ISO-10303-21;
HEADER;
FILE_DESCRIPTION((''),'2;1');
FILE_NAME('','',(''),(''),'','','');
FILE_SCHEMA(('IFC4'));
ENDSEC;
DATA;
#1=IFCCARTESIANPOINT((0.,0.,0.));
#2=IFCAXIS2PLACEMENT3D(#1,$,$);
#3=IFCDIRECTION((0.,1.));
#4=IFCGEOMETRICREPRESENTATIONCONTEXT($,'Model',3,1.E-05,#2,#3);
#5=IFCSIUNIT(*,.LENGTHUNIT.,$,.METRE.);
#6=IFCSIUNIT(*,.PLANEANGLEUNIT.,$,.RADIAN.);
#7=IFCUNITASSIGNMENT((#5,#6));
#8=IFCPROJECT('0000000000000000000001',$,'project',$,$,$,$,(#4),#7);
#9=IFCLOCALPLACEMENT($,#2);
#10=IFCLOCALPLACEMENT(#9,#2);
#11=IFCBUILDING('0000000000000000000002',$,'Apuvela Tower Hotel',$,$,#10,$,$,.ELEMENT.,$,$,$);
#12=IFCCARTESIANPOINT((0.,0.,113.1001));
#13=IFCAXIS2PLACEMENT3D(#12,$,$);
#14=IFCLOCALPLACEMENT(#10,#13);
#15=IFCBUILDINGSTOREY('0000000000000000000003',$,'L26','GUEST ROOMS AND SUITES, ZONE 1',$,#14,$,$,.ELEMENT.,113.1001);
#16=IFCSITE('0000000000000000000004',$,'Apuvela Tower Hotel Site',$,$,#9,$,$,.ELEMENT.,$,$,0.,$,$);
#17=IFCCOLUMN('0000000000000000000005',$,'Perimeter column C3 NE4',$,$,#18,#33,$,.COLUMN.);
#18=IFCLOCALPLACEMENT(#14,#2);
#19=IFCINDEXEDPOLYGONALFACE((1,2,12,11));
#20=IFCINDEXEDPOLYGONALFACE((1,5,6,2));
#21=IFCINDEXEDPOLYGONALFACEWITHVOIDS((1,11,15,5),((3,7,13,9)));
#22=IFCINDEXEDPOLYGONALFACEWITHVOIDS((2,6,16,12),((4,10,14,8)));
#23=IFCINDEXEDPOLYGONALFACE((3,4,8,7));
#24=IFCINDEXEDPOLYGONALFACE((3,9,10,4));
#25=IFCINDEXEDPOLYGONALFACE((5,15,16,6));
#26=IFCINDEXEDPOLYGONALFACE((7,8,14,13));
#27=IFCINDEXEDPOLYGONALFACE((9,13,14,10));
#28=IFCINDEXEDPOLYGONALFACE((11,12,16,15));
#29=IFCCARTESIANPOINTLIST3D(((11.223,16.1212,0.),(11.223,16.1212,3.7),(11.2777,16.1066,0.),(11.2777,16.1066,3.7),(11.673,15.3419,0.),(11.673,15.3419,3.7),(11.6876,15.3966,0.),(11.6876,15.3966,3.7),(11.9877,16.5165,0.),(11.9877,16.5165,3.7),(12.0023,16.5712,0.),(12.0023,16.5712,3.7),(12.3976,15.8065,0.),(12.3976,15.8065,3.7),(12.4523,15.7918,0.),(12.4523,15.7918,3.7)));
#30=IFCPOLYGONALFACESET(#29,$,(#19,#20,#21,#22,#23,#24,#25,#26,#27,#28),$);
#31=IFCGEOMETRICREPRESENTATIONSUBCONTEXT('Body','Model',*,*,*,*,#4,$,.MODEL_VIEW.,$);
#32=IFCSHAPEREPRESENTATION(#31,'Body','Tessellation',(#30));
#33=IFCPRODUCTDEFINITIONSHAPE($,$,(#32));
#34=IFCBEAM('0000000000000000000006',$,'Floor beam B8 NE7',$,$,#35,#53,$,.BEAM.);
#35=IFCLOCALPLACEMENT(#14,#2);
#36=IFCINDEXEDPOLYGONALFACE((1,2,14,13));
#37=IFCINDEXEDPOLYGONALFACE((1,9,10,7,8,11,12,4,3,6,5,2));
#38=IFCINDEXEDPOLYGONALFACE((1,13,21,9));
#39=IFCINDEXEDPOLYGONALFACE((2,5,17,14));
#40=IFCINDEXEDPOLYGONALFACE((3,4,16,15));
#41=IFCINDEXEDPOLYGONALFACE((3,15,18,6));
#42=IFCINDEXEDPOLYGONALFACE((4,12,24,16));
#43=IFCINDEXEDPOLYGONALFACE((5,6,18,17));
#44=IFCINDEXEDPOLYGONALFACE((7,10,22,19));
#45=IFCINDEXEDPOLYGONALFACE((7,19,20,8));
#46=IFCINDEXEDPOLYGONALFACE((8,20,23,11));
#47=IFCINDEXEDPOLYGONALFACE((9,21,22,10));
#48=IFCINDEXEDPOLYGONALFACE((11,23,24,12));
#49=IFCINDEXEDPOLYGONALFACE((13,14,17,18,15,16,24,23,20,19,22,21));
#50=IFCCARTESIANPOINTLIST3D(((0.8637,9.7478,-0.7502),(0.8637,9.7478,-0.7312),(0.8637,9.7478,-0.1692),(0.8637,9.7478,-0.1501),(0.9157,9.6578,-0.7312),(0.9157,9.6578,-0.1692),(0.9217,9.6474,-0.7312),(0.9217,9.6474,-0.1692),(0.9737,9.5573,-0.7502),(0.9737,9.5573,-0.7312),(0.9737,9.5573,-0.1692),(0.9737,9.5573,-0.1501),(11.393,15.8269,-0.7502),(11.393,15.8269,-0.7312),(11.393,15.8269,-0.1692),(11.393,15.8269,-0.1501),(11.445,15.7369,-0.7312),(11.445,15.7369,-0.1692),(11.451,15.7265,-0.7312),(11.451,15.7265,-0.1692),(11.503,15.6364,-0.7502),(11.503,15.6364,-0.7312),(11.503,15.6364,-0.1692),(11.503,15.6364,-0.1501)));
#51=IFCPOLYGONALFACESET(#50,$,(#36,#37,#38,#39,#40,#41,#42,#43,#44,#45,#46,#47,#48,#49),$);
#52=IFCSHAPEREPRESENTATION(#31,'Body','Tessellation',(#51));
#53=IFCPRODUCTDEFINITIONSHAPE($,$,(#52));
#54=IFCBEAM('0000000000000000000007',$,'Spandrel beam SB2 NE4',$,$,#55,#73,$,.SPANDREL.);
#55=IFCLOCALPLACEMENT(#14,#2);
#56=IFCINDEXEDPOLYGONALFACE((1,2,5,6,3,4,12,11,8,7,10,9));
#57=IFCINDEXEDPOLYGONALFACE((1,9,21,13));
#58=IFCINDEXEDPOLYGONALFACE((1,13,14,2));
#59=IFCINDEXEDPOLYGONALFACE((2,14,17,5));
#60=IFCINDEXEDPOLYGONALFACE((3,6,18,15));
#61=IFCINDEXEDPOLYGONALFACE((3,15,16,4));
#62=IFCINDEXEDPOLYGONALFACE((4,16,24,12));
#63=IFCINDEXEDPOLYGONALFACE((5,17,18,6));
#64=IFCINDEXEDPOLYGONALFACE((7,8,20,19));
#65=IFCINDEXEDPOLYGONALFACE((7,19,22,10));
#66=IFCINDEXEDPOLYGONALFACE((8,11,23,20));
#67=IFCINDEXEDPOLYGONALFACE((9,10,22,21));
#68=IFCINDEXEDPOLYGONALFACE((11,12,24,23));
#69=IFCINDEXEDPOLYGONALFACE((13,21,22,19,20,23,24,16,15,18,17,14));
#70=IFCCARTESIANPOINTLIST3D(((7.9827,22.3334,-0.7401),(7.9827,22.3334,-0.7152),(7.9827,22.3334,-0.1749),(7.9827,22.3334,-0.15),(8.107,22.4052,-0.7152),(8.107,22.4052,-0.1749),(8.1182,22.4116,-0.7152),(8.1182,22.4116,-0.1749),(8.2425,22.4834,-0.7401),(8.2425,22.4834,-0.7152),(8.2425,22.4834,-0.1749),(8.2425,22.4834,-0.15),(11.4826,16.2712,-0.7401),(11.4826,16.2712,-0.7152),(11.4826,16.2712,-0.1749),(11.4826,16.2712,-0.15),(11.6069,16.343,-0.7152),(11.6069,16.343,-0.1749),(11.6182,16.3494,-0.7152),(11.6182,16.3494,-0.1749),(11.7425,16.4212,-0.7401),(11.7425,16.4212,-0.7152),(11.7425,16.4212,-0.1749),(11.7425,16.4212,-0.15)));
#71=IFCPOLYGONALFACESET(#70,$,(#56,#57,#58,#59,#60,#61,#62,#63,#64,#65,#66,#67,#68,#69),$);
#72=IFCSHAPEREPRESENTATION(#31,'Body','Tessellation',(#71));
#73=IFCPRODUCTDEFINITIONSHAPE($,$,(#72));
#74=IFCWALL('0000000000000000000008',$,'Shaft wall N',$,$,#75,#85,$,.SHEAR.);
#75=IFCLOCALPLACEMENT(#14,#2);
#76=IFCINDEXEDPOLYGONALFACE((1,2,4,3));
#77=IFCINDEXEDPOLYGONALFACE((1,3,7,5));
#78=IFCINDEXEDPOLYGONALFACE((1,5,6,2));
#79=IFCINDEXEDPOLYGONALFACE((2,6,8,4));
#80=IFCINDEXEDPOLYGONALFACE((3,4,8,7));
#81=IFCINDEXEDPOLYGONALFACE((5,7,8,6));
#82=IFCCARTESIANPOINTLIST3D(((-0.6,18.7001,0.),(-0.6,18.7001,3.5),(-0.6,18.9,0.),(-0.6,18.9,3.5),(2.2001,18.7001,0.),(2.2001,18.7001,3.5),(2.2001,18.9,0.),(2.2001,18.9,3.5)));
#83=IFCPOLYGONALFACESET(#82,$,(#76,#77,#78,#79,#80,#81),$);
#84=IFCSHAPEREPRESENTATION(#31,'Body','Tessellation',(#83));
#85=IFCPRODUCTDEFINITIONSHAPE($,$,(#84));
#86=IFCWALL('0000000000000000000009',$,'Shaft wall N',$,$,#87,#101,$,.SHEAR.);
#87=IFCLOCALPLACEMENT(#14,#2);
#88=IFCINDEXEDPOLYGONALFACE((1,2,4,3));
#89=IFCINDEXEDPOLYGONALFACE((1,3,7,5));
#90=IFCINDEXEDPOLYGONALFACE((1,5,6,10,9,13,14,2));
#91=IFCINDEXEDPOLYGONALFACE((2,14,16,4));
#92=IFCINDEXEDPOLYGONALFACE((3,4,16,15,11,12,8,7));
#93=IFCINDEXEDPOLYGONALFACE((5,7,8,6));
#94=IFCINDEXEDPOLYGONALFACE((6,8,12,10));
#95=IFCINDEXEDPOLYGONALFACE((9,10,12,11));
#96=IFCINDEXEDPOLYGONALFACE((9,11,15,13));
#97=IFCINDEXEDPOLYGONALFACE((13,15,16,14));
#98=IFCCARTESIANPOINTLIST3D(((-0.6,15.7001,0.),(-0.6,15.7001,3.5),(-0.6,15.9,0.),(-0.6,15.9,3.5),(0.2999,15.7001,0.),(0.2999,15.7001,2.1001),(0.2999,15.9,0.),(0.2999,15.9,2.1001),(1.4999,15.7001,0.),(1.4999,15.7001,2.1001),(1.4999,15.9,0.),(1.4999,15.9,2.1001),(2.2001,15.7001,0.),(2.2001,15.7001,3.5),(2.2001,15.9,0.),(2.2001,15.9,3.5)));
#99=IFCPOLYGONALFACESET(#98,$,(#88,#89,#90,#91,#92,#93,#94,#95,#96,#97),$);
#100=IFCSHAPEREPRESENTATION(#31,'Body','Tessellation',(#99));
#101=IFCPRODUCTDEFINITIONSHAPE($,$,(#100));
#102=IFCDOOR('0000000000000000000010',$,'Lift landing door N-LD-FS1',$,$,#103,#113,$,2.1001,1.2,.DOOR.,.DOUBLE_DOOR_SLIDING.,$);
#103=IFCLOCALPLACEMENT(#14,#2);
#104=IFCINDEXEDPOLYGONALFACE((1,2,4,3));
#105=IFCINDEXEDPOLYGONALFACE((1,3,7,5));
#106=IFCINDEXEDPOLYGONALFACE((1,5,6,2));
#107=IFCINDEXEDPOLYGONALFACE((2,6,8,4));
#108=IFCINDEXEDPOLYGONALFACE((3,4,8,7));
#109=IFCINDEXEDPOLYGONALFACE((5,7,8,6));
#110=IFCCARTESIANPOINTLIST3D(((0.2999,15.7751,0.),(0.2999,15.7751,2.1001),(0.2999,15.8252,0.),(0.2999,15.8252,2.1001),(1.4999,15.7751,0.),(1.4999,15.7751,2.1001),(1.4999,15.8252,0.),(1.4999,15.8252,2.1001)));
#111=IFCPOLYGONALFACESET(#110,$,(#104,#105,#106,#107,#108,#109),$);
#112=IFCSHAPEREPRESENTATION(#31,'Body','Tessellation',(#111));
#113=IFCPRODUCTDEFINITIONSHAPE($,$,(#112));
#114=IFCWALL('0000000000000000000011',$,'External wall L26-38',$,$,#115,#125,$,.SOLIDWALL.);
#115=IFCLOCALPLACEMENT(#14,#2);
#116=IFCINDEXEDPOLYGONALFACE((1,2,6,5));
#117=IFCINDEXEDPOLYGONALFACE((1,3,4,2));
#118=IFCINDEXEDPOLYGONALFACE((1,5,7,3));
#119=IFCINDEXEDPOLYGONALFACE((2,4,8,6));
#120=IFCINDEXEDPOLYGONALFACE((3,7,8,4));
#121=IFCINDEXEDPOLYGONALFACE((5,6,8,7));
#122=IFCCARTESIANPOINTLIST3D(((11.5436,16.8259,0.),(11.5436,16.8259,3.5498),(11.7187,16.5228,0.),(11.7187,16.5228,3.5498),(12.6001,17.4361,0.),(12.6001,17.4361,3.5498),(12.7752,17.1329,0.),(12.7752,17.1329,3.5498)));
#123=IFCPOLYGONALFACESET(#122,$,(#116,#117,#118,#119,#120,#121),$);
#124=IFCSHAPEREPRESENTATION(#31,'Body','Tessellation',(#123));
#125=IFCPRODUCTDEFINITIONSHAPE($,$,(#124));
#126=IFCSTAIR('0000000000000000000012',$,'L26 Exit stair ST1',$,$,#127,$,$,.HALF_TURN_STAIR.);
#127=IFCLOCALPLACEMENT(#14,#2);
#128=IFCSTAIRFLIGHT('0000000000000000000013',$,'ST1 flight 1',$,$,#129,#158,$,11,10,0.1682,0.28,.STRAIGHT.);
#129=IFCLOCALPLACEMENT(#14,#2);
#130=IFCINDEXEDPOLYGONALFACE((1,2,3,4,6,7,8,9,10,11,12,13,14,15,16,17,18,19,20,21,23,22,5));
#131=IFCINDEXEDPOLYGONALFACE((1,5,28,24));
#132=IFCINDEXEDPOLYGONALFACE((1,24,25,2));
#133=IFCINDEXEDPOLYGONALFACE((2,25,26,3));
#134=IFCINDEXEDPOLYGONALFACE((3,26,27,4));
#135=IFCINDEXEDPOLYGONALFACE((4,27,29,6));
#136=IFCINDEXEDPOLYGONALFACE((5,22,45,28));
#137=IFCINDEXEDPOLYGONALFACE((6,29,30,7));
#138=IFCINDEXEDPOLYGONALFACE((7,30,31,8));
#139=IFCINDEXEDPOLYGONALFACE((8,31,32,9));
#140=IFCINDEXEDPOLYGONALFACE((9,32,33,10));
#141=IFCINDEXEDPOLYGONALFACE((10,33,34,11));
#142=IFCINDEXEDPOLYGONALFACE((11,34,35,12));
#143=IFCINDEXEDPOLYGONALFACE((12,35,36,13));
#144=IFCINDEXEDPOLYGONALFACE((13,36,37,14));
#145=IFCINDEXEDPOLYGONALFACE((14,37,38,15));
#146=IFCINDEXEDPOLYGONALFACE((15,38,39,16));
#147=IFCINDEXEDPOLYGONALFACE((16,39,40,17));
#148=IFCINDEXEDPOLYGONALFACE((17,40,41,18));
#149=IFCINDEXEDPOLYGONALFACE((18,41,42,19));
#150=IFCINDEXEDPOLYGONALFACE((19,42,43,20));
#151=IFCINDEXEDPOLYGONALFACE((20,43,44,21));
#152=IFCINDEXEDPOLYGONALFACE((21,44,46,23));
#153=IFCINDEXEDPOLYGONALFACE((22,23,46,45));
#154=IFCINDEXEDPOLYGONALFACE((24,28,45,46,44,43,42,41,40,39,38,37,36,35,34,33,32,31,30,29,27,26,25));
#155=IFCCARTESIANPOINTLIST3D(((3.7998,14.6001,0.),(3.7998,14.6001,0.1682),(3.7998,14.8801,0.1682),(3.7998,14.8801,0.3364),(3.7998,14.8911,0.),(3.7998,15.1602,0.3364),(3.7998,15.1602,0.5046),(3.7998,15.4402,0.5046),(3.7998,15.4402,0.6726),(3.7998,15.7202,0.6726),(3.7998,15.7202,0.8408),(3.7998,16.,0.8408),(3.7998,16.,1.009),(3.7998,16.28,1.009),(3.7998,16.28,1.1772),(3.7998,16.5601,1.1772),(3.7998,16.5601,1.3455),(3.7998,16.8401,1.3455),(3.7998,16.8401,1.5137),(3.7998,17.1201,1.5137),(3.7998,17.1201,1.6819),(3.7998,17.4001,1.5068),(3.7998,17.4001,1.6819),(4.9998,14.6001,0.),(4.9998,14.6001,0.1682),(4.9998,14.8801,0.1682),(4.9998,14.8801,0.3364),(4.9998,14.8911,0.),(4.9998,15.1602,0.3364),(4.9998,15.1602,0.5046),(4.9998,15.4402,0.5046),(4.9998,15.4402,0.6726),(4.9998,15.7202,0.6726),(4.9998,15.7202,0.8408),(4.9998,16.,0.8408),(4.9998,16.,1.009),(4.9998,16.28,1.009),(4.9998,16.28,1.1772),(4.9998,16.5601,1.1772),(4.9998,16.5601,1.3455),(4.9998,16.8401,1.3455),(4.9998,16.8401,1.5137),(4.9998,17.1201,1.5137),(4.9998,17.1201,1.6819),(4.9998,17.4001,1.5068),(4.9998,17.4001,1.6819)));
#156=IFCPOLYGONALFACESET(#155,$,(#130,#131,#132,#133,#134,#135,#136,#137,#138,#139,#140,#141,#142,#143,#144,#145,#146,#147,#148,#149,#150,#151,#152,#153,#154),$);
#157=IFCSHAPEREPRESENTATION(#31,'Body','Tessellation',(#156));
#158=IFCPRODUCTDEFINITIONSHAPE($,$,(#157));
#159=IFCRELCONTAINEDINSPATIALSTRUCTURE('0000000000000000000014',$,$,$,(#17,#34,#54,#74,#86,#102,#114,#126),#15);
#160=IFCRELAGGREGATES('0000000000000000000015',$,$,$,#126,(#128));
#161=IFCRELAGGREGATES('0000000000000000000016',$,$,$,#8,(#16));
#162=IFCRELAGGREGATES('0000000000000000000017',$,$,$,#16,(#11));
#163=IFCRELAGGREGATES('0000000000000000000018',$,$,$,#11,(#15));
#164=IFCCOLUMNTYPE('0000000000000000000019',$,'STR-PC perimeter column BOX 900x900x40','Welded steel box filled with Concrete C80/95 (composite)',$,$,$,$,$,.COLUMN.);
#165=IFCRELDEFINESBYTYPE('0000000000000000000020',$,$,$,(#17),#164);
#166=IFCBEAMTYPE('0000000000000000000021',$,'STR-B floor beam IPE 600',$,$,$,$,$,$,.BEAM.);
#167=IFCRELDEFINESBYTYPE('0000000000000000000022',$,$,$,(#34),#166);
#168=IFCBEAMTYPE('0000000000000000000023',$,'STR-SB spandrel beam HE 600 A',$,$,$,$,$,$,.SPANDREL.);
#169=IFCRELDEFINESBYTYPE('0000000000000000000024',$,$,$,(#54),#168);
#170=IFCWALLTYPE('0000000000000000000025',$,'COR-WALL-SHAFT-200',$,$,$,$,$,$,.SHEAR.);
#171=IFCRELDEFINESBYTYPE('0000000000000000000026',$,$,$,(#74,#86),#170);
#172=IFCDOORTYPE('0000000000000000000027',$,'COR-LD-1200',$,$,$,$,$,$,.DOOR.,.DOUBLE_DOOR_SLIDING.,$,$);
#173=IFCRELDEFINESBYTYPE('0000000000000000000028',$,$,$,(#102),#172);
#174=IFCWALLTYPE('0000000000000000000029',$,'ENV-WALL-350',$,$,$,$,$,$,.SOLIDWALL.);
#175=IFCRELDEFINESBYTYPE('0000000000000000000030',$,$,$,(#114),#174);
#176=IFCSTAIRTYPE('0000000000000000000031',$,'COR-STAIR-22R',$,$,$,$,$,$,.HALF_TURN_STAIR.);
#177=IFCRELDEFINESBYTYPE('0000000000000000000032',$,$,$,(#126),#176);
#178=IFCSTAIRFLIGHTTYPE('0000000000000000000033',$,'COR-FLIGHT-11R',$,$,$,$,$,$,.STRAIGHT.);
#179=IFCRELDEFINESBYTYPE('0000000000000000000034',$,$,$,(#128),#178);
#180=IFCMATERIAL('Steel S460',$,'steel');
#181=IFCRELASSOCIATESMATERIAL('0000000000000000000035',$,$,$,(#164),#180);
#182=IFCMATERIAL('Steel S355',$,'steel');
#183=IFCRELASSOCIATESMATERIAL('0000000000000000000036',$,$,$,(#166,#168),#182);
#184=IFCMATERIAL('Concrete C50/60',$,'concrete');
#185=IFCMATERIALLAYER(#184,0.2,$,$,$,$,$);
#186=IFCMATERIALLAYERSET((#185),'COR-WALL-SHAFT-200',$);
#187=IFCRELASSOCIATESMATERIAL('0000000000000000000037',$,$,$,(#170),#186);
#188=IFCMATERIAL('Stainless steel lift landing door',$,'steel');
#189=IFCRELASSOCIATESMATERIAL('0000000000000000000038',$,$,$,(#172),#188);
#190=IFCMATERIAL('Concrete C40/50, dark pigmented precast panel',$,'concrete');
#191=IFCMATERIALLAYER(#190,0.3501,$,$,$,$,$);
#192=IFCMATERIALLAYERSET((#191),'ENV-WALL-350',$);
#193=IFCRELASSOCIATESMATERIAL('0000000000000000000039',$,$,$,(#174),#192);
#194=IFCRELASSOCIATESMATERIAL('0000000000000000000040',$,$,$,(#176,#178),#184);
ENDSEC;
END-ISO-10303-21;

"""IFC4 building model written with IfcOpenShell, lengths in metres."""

from ifc_helpers import new_model, si_unit, direction, frame, frame_2d, origin, origin_2d, place, context, subcontext, project, spatial, polyline, rectangle, hollow_rectangle, i_section, outline, extrude, material, layer, layer_set, material_profile, profile_set, type_object, element, fill, aggregate, save


model = new_model("IFC4")

# Units and contexts
model_context = context("Model", 3, precision=1e-05, world=origin(), true_north=direction((0.0, 1.0)))
body_context = subcontext(model_context, "Body", "Model", "MODEL_VIEW")
ifc_project = project(units=[si_unit("LENGTHUNIT", "METRE"), si_unit("PLANEANGLEUNIT", "RADIAN")], contexts=[model_context])

# Site, building, storey
site_placement = place(None, origin())
site = spatial("IfcSite", under=ifc_project, at=site_placement, Name="Apuvela Tower Hotel Site", CompositionType="ELEMENT", RefElevation=0.0)
building_placement = place(site_placement, origin())
building = spatial("IfcBuilding", under=site, at=building_placement, Name="Apuvela Tower Hotel", CompositionType="ELEMENT")
storey_placement = place(building_placement, frame((0.0, 0.0, 113.1001)))
storey = spatial("IfcBuildingStorey", under=building, at=storey_placement, Name="L26", Description="GUEST ROOMS AND SUITES, ZONE 1", CompositionType="ELEMENT", Elevation=113.1001)

# Column
ifc_material_1 = material(Name="Steel S460", Category="steel")
ifc_material_profile_1 = material_profile(ifc_material_1, hollow_rectangle(XDim=0.8999, YDim=0.8999, WallThickness=0.04, at=origin_2d()), Name="BOX 900x900x40")
ifc_material_2 = material(Name="Concrete C80/95", Category="concrete")
ifc_material_profile_2 = material_profile(ifc_material_2, rectangle(XDim=0.8201, YDim=0.8201, at=origin_2d()), Name="Concrete C80/95 infill")
ifc_profile_set_1 = profile_set([ifc_material_profile_1, ifc_material_profile_2], Name="Steel S460")
column_type = type_object("IfcColumnType", Name="STR-PC perimeter column BOX 900x900x40", Description="Welded steel box filled with Concrete C80/95 (composite)", PredefinedType="COLUMN", material=ifc_profile_set_1)
column_placement = place(storey_placement, frame((11.8376, 15.9565, 0.0), z_axis=(0.0, 0.0, 1.0), x_axis=(-0.5, 0.866025, 0.0)))
element("IfcColumn", 1, at=column_placement, inside=storey, type_object=column_type, Name="Perimeter column C3 NE4", PredefinedType="COLUMN", context=body_context, shape_type="SweptSolid", body=[
    extrude(hollow_rectangle(XDim=0.8999, YDim=0.8999, WallThickness=0.04, at=origin_2d()), origin(), (0.0, 0.0, 1.0), 3.7),
])

# Beams
ifc_material_3 = material(Name="Steel S355", Category="steel")
ifc_material_profile_3 = material_profile(ifc_material_3, i_section(OverallWidth=0.22, OverallDepth=0.6001, WebThickness=0.012, FlangeThickness=0.019, at=origin_2d()), Name="IPE 600")
ifc_profile_set_2 = profile_set([ifc_material_profile_3], Name="Steel S355")
beam_type_1 = type_object("IfcBeamType", Name="STR-B floor beam IPE 600", PredefinedType="BEAM", material=ifc_profile_set_2)
beam_1_placement = place(storey_placement, frame((11.448, 15.7317, -0.4502), z_axis=(-0.866025, -0.500001, 0.0), x_axis=(0.500001, -0.866025, 0.0)))
element("IfcBeam", 2, at=beam_1_placement, inside=storey, type_object=beam_type_1, Name="Floor beam B8 NE7", PredefinedType="BEAM", context=body_context, shape_type="SweptSolid", body=[
    extrude(i_section(OverallWidth=0.22, OverallDepth=0.6001, WebThickness=0.012, FlangeThickness=0.019, at=origin_2d()), origin(), (0.0, 0.0, 1.0), 12.1582),
])
ifc_material_profile_4 = material_profile(ifc_material_3, i_section(OverallWidth=0.3, OverallDepth=0.5901, WebThickness=0.0129, FlangeThickness=0.0249, at=origin_2d()), Name="HE 600 A")
ifc_profile_set_3 = profile_set([ifc_material_profile_4], Name="Steel S355")
beam_type_2 = type_object("IfcBeamType", Name="STR-SB spandrel beam HE 600 A", PredefinedType="SPANDREL", material=ifc_profile_set_3)
beam_2_placement = place(storey_placement, frame((11.6125, 16.3462, -0.4451), z_axis=(-0.499995, 0.866028, 0.0), x_axis=(-0.866028, -0.499995, 0.0)))
element("IfcBeam", 3, at=beam_2_placement, inside=storey, type_object=beam_type_2, Name="Spandrel beam SB2 NE4", PredefinedType="SPANDREL", context=body_context, shape_type="SweptSolid", body=[
    extrude(i_section(OverallWidth=0.3, OverallDepth=0.5901, WebThickness=0.0129, FlangeThickness=0.0249, at=origin_2d()), origin(), (0.0, 0.0, 1.0), 7.0),
])

# Wall
ifc_material_4 = material(Name="Concrete C50/60", Category="concrete")
ifc_layer_1 = layer(ifc_material_4, 0.2)
ifc_layer_set_1 = layer_set([ifc_layer_1], Name="COR-WALL-SHAFT-200")
wall_type_1 = type_object("IfcWallType", Name="COR-WALL-SHAFT-200", PredefinedType="SHEAR", material=ifc_layer_set_1)
wall_1_placement = place(storey_placement, frame((2.2, 18.8, 0.0), z_axis=(0.0, 0.0, 1.0), x_axis=(-1.0, 0.0, 0.0)))
element("IfcWall", 4, at=wall_1_placement, inside=storey, type_object=wall_type_1, Name="Shaft wall N", PredefinedType="SHEAR", context=body_context, shape_type="SweptSolid", body=[
    extrude(rectangle(XDim=2.8, YDim=0.2, at=frame_2d((1.3999, 0.0))), origin(), (0.0, 0.0, 1.0), 3.5),
])

# Wall, opening, door
wall_2_placement = place(storey_placement, frame((2.2, 15.8, 0.0), z_axis=(0.0, 0.0, 1.0), x_axis=(-1.0, 0.0, 0.0)))
wall_2 = element("IfcWall", 5, at=wall_2_placement, inside=storey, type_object=wall_type_1, Name="Shaft wall N", PredefinedType="SHEAR", context=body_context, shape_type="SweptSolid", body=[
    extrude(rectangle(XDim=2.8, YDim=0.2, at=frame_2d((1.3999, 0.0))), origin(), (0.0, 0.0, 1.0), 3.5),
])
opening_1_placement = place(wall_2_placement, frame((0.7, 0.0, 0.0)))
opening_1 = element("IfcOpeningElement", 6, at=opening_1_placement, cuts=wall_2, PredefinedType="OPENING", context=body_context, shape_type="SweptSolid", body=[
    extrude(rectangle(XDim=1.2, YDim=2.1001, at=frame_2d((0.6001, 1.05))), frame((0.0, 0.1099, 0.0), z_axis=(0.0, -1.0, 0.0), x_axis=(1.0, 0.0, 0.0)), (0.0, 0.0, 1.0), 0.22),
])
ifc_material_5 = material(Name="Stainless steel lift landing door", Category="steel")
door_type_1 = type_object("IfcDoorType", Name="COR-LD-1200", OperationType="DOUBLE_DOOR_SLIDING", PredefinedType="DOOR", material=ifc_material_5)
door_1_placement = place(opening_1_placement, origin())
door_1 = element("IfcDoor", 7, at=door_1_placement, inside=storey, type_object=door_type_1, Name="Lift landing door N-LD-FS1", OperationType="DOUBLE_DOOR_SLIDING", OverallHeight=2.1001, OverallWidth=1.2, PredefinedType="DOOR", context=body_context, shape_type="SweptSolid", body=[
    extrude(rectangle(XDim=1.2, YDim=2.1001, at=frame_2d((0.6001, 1.05))), frame((0.0, 0.0249, 0.0), z_axis=(0.0, -1.0, 0.0), x_axis=(1.0, 0.0, 0.0)), (0.0, 0.0, 1.0), 0.05),
])
fill(opening_1, door_1)

# Wall
ifc_material_6 = material(Name="Concrete C40/50, dark pigmented precast panel", Category="concrete")
ifc_layer_2 = layer(ifc_material_6, 0.3501)
ifc_layer_set_2 = layer_set([ifc_layer_2], Name="ENV-WALL-350")
wall_type_2 = type_object("IfcWallType", Name="ENV-WALL-350", PredefinedType="SOLIDWALL", material=ifc_layer_set_2)
wall_3_placement = place(storey_placement, frame((12.6875, 17.2844, 0.0), z_axis=(0.0, 0.0, 1.0), x_axis=(-0.865956, -0.500121, 0.0)))
element("IfcWall", 8, at=wall_3_placement, inside=storey, type_object=wall_type_2, Name="External wall L26-38", PredefinedType="SOLIDWALL", context=body_context, shape_type="SweptSolid", body=[
    extrude(rectangle(XDim=1.22, YDim=0.3501, at=frame_2d((0.6099, 0.0))), origin(), (0.0, 0.0, 1.0), 3.5498),
])

# Stair, stair flight
stair_type = type_object("IfcStairType", Name="COR-STAIR-22R", PredefinedType="HALF_TURN_STAIR", material=ifc_material_4)
stair_placement = place(storey_placement, origin())
stair = element("IfcStair", 9, at=stair_placement, inside=storey, type_object=stair_type, Name="L26 Exit stair ST1", PredefinedType="HALF_TURN_STAIR")
stair_flight_type = type_object("IfcStairFlightType", Name="COR-FLIGHT-11R", PredefinedType="STRAIGHT", material=ifc_material_4)
stair_flight_1_placement = place(storey_placement, frame((4.3999, 14.6001, 0.0), z_axis=(0.0, 0.0, 1.0), x_axis=(0.0, 1.0, 0.0)))
stair_flight_1 = element("IfcStairFlight", 10, at=stair_flight_1_placement, type_object=stair_flight_type, Name="ST1 flight 1", NumberOfRisers=11, NumberOfTreads=10, PredefinedType="STRAIGHT", RiserHeight=0.1682, TreadLength=0.28, context=body_context, shape_type="SweptSolid", body=[
    extrude(outline(polyline([(0.0, 0.0), (0.0, 0.1682), (0.28, 0.1682), (0.28, 0.3364), (0.5601, 0.3364), (0.5601, 0.5046), (0.8401, 0.5046), (0.8401, 0.6726), (1.1201, 0.6726), (1.1201, 0.8408), (1.3999, 0.8408), (1.3999, 1.009), (1.6799, 1.009), (1.6799, 1.1772), (1.96, 1.1772), (1.96, 1.3455), (2.24, 1.3455), (2.24, 1.5137), (2.52, 1.5137), (2.52, 1.6819), (2.8, 1.6819), (2.8, 1.8501), (2.8, 1.5068), (0.291, 0.0), (0.0, 0.0)])), frame((0.0, 0.6001, 0.0), z_axis=(0.0, -1.0, 0.0), x_axis=(1.0, 0.0, 0.0)), (0.0, 0.0, 1.0), 1.2),
])
aggregate(stair, [stair_flight_1])

save(model, "model.ifc")
